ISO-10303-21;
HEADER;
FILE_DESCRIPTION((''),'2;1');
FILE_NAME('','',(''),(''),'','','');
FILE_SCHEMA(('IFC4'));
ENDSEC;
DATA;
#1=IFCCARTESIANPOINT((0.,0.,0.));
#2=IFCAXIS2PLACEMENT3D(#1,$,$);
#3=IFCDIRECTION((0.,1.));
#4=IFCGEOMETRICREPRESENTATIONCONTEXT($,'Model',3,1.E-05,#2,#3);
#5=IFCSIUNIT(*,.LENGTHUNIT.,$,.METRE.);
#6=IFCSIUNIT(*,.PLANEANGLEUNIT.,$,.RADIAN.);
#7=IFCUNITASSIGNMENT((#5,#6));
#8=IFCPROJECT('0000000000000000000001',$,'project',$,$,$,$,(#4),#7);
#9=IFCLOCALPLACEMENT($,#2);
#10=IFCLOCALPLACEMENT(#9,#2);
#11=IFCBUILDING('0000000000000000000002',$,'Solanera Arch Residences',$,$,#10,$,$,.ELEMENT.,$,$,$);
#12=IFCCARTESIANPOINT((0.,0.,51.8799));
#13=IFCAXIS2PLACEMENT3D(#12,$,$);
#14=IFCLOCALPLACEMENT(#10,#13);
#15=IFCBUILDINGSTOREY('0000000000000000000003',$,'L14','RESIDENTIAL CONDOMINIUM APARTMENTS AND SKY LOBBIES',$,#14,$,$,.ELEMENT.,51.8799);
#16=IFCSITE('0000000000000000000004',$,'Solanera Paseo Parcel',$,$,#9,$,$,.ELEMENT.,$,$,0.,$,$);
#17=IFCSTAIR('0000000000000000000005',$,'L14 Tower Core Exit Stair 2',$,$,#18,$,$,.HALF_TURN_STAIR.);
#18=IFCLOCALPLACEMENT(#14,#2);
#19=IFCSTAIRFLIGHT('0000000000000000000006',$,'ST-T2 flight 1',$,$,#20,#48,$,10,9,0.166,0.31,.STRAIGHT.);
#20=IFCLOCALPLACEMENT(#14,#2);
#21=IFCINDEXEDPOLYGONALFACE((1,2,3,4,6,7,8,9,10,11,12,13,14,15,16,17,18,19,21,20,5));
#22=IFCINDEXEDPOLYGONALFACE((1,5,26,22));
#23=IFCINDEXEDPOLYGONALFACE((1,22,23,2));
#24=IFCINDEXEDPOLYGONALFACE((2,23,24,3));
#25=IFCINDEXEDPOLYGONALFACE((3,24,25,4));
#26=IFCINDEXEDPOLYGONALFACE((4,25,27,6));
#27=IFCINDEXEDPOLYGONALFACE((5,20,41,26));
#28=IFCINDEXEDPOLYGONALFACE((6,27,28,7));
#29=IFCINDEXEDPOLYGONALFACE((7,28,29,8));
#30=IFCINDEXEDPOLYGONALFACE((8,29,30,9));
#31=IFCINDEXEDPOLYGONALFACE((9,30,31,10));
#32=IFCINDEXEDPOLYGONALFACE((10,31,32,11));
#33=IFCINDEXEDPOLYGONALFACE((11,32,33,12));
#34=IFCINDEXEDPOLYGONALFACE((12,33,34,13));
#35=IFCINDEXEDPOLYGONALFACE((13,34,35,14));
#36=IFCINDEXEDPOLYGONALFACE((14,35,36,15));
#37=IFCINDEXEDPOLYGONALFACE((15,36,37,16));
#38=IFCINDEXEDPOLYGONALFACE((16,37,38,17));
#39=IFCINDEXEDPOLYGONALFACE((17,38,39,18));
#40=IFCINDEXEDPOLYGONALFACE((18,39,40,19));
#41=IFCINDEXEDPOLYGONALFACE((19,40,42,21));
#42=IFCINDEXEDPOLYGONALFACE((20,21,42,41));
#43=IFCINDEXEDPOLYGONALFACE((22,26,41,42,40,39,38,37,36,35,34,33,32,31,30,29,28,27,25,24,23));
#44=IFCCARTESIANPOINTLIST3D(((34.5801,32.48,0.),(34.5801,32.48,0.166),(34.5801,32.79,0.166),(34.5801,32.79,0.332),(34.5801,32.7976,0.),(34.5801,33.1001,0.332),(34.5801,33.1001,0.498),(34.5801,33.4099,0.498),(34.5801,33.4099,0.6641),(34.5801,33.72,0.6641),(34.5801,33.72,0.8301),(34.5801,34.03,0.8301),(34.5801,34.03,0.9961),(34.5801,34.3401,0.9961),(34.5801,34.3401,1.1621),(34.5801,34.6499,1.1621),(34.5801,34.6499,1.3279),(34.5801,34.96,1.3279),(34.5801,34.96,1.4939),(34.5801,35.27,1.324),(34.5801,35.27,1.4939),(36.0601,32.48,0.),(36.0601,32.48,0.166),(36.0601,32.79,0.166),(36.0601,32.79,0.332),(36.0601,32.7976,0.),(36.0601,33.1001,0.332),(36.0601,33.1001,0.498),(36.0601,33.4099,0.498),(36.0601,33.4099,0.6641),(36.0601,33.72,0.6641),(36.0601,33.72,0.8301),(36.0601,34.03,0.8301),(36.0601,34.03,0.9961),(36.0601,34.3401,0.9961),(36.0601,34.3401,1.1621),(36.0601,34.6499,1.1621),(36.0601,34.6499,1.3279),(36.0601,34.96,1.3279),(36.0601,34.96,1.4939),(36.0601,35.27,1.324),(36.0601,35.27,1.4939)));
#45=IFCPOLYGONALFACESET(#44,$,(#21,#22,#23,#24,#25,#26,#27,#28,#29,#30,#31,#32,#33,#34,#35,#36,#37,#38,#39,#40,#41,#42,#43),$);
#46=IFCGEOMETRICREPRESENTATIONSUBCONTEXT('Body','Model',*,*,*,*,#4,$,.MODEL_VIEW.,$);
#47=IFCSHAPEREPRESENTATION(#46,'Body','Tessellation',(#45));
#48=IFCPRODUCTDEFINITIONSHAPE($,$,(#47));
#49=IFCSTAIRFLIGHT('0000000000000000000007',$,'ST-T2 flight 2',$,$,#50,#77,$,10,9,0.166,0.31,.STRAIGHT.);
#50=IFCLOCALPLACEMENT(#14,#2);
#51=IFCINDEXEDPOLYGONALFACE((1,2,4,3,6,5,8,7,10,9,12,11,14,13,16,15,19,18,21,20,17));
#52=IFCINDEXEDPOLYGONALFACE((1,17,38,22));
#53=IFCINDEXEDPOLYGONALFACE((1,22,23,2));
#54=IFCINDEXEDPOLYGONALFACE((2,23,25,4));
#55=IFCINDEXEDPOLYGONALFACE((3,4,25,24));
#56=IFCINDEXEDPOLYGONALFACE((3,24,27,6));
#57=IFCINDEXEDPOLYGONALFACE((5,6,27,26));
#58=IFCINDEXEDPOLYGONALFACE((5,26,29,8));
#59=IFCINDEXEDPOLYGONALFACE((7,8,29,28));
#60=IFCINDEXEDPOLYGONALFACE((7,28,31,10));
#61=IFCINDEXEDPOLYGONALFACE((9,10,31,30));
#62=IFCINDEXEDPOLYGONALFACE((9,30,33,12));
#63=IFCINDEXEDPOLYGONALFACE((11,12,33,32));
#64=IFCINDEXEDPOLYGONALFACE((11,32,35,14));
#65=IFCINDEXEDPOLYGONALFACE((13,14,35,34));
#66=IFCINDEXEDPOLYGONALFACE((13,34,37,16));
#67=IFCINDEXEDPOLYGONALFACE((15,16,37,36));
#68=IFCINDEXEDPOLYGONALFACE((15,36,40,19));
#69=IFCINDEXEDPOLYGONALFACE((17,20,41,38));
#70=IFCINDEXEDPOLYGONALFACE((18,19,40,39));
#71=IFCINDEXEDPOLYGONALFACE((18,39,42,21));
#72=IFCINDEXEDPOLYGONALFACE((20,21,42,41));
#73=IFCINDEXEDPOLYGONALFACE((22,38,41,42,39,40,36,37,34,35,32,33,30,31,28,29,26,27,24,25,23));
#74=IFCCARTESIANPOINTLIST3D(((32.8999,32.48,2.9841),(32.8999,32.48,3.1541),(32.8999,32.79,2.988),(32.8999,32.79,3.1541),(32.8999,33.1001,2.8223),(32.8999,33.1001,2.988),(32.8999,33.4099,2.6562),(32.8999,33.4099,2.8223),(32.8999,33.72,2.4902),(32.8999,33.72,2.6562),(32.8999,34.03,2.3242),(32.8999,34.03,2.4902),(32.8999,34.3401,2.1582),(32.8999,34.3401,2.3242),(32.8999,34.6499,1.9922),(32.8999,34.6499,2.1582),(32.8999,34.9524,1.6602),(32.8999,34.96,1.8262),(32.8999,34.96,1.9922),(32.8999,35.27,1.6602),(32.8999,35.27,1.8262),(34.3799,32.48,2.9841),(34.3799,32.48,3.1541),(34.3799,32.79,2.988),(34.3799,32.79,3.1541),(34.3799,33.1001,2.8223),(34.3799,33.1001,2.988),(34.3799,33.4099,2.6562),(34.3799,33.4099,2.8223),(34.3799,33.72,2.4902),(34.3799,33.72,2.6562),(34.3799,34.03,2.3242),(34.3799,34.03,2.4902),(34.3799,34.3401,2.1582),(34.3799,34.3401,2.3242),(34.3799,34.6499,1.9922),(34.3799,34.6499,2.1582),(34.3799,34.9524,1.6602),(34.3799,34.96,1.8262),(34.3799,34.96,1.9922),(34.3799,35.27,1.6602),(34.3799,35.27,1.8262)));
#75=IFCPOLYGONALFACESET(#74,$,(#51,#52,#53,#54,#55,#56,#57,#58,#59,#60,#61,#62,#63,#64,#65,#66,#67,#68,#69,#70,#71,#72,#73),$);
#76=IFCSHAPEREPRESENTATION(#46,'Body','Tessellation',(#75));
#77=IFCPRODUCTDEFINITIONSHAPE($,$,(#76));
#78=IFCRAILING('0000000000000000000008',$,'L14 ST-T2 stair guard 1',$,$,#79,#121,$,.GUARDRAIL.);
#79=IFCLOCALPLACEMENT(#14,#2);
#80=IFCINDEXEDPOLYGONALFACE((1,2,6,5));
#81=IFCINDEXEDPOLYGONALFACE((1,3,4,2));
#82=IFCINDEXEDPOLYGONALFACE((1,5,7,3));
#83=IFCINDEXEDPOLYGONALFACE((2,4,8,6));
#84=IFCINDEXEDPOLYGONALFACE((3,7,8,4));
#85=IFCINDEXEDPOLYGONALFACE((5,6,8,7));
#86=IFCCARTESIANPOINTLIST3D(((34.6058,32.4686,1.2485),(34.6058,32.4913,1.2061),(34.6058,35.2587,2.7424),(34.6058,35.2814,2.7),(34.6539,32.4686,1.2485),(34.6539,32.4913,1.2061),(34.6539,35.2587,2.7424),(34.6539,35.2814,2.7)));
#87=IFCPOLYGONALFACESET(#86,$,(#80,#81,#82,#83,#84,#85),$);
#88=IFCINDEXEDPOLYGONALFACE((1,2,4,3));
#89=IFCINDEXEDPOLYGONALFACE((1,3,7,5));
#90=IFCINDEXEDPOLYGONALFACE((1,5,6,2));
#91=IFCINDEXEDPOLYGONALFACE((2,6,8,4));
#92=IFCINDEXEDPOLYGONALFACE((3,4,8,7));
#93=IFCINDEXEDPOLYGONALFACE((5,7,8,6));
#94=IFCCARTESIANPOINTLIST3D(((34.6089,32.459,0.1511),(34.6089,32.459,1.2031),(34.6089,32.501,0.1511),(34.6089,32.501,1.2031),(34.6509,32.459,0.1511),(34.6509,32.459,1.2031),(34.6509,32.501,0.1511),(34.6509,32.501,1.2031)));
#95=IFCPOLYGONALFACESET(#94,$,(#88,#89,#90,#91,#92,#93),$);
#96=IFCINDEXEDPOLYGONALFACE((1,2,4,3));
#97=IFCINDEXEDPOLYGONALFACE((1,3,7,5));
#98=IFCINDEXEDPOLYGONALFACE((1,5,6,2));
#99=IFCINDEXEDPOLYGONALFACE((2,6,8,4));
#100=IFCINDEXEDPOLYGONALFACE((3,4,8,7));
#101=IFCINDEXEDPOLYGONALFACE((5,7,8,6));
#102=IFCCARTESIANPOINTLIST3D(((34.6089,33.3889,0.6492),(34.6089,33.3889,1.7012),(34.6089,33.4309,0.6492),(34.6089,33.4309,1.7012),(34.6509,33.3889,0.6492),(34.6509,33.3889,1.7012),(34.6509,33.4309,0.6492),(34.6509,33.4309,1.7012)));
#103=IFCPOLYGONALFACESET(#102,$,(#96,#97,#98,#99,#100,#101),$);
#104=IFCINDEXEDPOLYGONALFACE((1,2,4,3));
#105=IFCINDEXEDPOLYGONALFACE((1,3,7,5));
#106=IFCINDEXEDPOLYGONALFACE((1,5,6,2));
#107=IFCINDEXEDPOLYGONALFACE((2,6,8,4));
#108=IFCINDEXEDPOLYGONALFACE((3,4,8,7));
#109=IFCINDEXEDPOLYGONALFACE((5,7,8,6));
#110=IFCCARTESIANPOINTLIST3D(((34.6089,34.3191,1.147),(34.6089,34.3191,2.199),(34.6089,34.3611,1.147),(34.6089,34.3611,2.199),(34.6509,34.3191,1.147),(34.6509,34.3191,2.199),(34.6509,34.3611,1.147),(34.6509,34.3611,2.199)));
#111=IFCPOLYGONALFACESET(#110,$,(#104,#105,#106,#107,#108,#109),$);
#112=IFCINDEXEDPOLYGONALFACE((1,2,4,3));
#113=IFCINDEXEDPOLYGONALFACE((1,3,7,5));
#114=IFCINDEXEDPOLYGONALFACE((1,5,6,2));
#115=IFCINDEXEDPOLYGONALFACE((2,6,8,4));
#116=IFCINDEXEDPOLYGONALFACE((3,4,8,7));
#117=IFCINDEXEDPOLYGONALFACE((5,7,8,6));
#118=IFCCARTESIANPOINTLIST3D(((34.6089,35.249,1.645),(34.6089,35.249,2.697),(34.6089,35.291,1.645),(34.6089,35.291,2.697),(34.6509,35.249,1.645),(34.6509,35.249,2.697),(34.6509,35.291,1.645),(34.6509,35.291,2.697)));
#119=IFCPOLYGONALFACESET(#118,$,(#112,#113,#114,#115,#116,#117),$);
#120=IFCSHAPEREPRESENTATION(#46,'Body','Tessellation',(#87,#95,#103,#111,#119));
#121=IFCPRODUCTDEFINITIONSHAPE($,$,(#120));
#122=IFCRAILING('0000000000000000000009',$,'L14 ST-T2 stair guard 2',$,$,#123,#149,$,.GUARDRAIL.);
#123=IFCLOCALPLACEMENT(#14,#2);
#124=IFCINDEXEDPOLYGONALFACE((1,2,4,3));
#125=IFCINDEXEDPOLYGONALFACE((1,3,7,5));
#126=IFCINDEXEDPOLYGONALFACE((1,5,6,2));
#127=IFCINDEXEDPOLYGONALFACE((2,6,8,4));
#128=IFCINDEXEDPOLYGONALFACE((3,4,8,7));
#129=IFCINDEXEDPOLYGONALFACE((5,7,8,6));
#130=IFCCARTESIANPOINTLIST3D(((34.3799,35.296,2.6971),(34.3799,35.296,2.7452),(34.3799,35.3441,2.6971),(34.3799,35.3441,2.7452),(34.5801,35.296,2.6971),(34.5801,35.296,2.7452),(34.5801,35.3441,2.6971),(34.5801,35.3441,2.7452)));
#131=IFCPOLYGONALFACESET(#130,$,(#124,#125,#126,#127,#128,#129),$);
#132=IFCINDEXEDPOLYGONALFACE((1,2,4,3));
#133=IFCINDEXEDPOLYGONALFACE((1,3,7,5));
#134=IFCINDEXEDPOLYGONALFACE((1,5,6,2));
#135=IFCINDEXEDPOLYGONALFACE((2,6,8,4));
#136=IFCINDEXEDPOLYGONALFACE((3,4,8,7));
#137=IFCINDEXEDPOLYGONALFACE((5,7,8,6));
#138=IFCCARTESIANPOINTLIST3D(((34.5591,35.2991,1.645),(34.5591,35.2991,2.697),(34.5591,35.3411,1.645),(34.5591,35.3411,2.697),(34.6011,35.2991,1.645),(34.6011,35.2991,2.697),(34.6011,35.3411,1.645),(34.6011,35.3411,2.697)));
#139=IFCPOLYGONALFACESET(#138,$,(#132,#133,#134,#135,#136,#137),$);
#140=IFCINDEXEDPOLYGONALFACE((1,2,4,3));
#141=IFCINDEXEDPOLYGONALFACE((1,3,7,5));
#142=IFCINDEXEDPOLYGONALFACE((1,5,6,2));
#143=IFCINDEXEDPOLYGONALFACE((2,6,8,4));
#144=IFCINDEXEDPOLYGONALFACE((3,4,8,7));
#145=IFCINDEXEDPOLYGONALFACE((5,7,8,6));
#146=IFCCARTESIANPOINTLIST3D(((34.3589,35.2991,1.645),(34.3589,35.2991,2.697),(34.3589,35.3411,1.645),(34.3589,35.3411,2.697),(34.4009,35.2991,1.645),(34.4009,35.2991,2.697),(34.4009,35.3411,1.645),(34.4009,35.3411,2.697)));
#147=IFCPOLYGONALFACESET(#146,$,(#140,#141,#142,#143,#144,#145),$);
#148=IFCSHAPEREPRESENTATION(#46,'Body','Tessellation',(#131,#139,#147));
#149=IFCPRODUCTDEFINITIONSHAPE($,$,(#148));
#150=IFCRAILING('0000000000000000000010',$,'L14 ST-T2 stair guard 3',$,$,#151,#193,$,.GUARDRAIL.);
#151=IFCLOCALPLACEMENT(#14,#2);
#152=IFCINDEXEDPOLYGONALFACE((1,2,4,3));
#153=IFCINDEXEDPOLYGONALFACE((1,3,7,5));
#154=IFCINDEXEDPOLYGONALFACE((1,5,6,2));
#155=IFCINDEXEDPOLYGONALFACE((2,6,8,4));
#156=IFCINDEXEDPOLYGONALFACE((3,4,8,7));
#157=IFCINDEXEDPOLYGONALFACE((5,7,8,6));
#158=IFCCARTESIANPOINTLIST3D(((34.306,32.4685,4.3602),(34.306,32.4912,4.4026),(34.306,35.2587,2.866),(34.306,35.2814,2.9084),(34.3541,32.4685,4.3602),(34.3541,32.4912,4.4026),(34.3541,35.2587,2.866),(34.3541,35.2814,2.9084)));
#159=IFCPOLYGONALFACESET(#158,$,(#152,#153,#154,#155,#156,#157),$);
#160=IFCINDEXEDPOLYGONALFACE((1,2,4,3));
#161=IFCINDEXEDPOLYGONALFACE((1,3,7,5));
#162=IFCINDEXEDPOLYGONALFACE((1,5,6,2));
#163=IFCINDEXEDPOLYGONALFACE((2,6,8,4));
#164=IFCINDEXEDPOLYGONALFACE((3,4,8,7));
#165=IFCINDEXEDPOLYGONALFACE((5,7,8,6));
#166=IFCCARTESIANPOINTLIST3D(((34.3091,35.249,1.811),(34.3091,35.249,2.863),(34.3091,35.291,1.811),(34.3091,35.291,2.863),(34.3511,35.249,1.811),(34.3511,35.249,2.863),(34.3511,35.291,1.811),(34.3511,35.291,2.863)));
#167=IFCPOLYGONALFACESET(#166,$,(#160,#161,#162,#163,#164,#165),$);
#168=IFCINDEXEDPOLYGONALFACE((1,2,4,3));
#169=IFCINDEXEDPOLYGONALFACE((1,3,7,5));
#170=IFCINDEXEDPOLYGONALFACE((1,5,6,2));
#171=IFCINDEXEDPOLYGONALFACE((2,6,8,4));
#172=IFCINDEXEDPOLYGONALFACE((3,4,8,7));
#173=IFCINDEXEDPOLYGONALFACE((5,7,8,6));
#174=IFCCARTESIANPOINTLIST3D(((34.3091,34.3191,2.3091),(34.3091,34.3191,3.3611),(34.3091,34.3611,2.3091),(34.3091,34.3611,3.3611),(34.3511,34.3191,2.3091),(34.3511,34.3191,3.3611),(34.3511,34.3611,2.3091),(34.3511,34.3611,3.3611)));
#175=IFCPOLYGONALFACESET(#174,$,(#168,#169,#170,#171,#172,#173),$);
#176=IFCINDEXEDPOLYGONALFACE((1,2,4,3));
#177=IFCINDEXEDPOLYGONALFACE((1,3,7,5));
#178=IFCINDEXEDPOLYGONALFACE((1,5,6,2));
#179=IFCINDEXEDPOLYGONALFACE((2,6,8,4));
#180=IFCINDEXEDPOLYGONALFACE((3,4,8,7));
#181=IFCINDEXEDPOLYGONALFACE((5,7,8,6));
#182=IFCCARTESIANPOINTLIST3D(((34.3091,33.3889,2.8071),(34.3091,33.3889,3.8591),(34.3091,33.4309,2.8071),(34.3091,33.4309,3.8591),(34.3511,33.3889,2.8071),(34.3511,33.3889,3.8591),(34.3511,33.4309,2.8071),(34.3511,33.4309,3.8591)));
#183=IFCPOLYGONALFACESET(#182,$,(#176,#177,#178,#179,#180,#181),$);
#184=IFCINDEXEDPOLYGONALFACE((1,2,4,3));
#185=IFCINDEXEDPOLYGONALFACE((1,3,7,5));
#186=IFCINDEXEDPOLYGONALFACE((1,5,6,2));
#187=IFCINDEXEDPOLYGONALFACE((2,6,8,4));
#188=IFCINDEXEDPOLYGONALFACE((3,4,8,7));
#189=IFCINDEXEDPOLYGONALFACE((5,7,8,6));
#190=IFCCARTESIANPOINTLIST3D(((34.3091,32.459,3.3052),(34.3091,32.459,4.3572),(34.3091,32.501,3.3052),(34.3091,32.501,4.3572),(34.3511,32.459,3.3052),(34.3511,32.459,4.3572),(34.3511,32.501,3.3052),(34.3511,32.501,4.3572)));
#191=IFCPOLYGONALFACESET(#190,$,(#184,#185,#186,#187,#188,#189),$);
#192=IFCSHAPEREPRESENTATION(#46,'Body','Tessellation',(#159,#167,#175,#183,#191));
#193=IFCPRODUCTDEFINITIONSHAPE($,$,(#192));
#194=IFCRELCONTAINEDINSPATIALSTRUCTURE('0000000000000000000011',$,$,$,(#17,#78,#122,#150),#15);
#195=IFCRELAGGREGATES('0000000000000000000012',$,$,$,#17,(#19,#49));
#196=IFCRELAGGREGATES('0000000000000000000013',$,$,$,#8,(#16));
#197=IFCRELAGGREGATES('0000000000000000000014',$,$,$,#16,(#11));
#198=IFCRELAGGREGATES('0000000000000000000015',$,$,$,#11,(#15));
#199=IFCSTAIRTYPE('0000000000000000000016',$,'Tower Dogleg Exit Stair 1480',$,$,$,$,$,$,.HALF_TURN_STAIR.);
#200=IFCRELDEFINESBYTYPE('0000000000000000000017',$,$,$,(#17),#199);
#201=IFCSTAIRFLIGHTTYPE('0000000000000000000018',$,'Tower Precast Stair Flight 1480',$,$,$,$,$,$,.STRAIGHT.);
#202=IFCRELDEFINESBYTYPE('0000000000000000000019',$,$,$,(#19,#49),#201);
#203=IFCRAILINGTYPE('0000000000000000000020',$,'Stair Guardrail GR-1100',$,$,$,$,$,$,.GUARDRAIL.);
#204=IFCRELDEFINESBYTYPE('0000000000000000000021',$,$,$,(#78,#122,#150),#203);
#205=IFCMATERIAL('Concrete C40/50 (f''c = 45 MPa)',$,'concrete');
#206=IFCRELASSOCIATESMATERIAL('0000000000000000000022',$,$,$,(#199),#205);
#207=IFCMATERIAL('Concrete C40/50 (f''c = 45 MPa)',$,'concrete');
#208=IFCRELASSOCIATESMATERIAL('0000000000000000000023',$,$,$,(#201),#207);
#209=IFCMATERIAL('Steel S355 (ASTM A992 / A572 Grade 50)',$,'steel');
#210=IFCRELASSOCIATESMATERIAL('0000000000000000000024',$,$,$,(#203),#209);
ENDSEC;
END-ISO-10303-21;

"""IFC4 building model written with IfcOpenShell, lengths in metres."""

from ifc_helpers import new_model, si_unit, direction, frame, origin, origin_2d, place, context, subcontext, project, spatial, polyline, rectangle, outline, extrude, material, type_object, element, aggregate, save


model = new_model("IFC4")

# Units and contexts
model_context = context("Model", 3, precision=1e-05, world=origin(), true_north=direction((0.0, 1.0)))
body_context = subcontext(model_context, "Body", "Model", "MODEL_VIEW")
ifc_project = project(units=[si_unit("LENGTHUNIT", "METRE"), si_unit("PLANEANGLEUNIT", "RADIAN")], contexts=[model_context])

# Site, building, storey
site_placement = place(None, origin())
site = spatial("IfcSite", under=ifc_project, at=site_placement, Name="Solanera Paseo Parcel", CompositionType="ELEMENT", RefElevation=0.0)
building_placement = place(site_placement, origin())
building = spatial("IfcBuilding", under=site, at=building_placement, Name="Solanera Arch Residences", CompositionType="ELEMENT")
storey_placement = place(building_placement, frame((0.0, 0.0, 51.8799)))
storey = spatial("IfcBuildingStorey", under=building, at=storey_placement, Name="L14", Description="RESIDENTIAL CONDOMINIUM APARTMENTS AND SKY LOBBIES", CompositionType="ELEMENT", Elevation=51.8799)

# Stair, stair flights
ifc_material_1 = material(Name="Concrete C40/50 (f'c = 45 MPa)", Category="concrete")
stair_type = type_object("IfcStairType", Name="Tower Dogleg Exit Stair 1480", PredefinedType="HALF_TURN_STAIR", material=ifc_material_1)
stair_placement = place(storey_placement, origin())
stair = element("IfcStair", 1, at=stair_placement, inside=storey, type_object=stair_type, Name="L14 Tower Core Exit Stair 2", PredefinedType="HALF_TURN_STAIR")
ifc_material_2 = material(Name="Concrete C40/50 (f'c = 45 MPa)", Category="concrete")
stair_flight_type = type_object("IfcStairFlightType", Name="Tower Precast Stair Flight 1480", PredefinedType="STRAIGHT", material=ifc_material_2)
stair_flight_1_placement = place(storey_placement, frame((35.3201, 32.48, 0.0), z_axis=(0.0, 0.0, 1.0), x_axis=(0.0, 1.0, 0.0)))
stair_flight_1 = element("IfcStairFlight", 2, at=stair_flight_1_placement, type_object=stair_flight_type, Name="ST-T2 flight 1", NumberOfRisers=10, NumberOfTreads=9, PredefinedType="STRAIGHT", RiserHeight=0.166, TreadLength=0.31, context=body_context, shape_type="SweptSolid", body=[
    extrude(outline(polyline([(0.0, 0.0), (0.0, 0.166), (0.3101, 0.166), (0.3101, 0.332), (0.6201, 0.332), (0.6201, 0.498), (0.9299, 0.498), (0.9299, 0.6641), (1.24, 0.6641), (1.24, 0.8301), (1.55, 0.8301), (1.55, 0.9961), (1.8601, 0.9961), (1.8601, 1.1621), (2.1699, 1.1621), (2.1699, 1.3279), (2.48, 1.3279), (2.48, 1.4939), (2.79, 1.4939), (2.79, 1.6599), (2.79, 1.324), (0.3176, 0.0), (0.0, 0.0)])), frame((0.0, 0.74, 0.0), z_axis=(0.0, -1.0, 0.0), x_axis=(1.0, 0.0, 0.0)), (0.0, 0.0, 1.0), 1.48),
])
stair_flight_2_placement = place(storey_placement, frame((33.6399, 35.27, 1.6602), z_axis=(0.0, 0.0, 1.0), x_axis=(0.0, -1.0, 0.0)))
stair_flight_2 = element("IfcStairFlight", 3, at=stair_flight_2_placement, type_object=stair_flight_type, Name="ST-T2 flight 2", NumberOfRisers=10, NumberOfTreads=9, PredefinedType="STRAIGHT", RiserHeight=0.166, TreadLength=0.31, context=body_context, shape_type="SweptSolid", body=[
    extrude(outline(polyline([(0.0, 0.0), (0.0, 0.166), (0.3101, 0.166), (0.3101, 0.332), (0.6201, 0.332), (0.6201, 0.498), (0.9299, 0.498), (0.9299, 0.6641), (1.24, 0.6641), (1.24, 0.8301), (1.55, 0.8301), (1.55, 0.9961), (1.8601, 0.9961), (1.8601, 1.1621), (2.1699, 1.1621), (2.1699, 1.3279), (2.48, 1.3279), (2.48, 1.4939), (2.79, 1.4939), (2.79, 1.6599), (2.79, 1.324), (0.3176, 0.0), (0.0, 0.0)])), frame((0.0, 0.74, 0.0), z_axis=(0.0, -1.0, 0.0), x_axis=(1.0, 0.0, 0.0)), (0.0, 0.0, 1.0), 1.48),
])
aggregate(stair, [stair_flight_1, stair_flight_2])

# Railings
ifc_material_3 = material(Name="Steel S355 (ASTM A992 / A572 Grade 50)", Category="steel")
railing_type_1 = type_object("IfcRailingType", Name="Stair Guardrail GR-1100", PredefinedType="GUARDRAIL", material=ifc_material_3)
railing_1_placement = place(storey_placement, frame((34.6299, 32.48, 0.1511)))
element("IfcRailing", 4, at=railing_1_placement, inside=storey, type_object=railing_type_1, Name="L14 ST-T2 stair guard 1", PredefinedType="GUARDRAIL", context=body_context, shape_type="SweptSolid", body=[
    extrude(rectangle(XDim=0.0481, YDim=0.0481, at=origin_2d()), frame((0.0, 0.0, 1.0762), z_axis=(0.0, 0.881581, 0.472033), x_axis=(-1.0, 0.0, 0.0)), (0.0, 0.0, 1.0), 3.1648),
    extrude(rectangle(XDim=0.042, YDim=0.042, at=origin_2d()), origin(), (0.0, 0.0, 1.0), 1.052),
    extrude(rectangle(XDim=0.042, YDim=0.042, at=origin_2d()), frame((0.0, 0.9299, 0.498)), (0.0, 0.0, 1.0), 1.052),
    extrude(rectangle(XDim=0.042, YDim=0.042, at=origin_2d()), frame((0.0, 1.8601, 0.9958)), (0.0, 0.0, 1.0), 1.052),
    extrude(rectangle(XDim=0.042, YDim=0.042, at=origin_2d()), frame((0.0, 2.79, 1.4939)), (0.0, 0.0, 1.0), 1.052),
])
railing_2_placement = place(storey_placement, frame((34.5801, 35.3201, 1.645)))
element("IfcRailing", 5, at=railing_2_placement, inside=storey, type_object=railing_type_1, Name="L14 ST-T2 stair guard 2", PredefinedType="GUARDRAIL", context=body_context, shape_type="SweptSolid", body=[
    extrude(rectangle(XDim=0.0481, YDim=0.0481, at=origin_2d()), frame((0.0, 0.0, 1.0762), z_axis=(-1.0, 0.0, 0.0), x_axis=(0.0, -1.0, 0.0)), (0.0, 0.0, 1.0), 0.2002),
    extrude(rectangle(XDim=0.042, YDim=0.042, at=origin_2d()), origin(), (0.0, 0.0, 1.0), 1.052),
    extrude(rectangle(XDim=0.042, YDim=0.042, at=origin_2d()), frame((-0.2002, 0.0, 0.0)), (0.0, 0.0, 1.0), 1.052),
])
railing_3_placement = place(storey_placement, frame((34.3301, 35.27, 1.811)))
element("IfcRailing", 6, at=railing_3_placement, inside=storey, type_object=railing_type_1, Name="L14 ST-T2 stair guard 3", PredefinedType="GUARDRAIL", context=body_context, shape_type="SweptSolid", body=[
    extrude(rectangle(XDim=0.0481, YDim=0.0481, at=origin_2d()), frame((0.0, 0.0, 1.0762), z_axis=(0.0, -0.881549, 0.472093), x_axis=(1.0, 0.0, 0.0)), (0.0, 0.0, 1.0), 3.165),
    extrude(rectangle(XDim=0.042, YDim=0.042, at=origin_2d()), origin(), (0.0, 0.0, 1.0), 1.052),
    extrude(rectangle(XDim=0.042, YDim=0.042, at=origin_2d()), frame((0.0, -0.9299, 0.498)), (0.0, 0.0, 1.0), 1.052),
    extrude(rectangle(XDim=0.042, YDim=0.042, at=origin_2d()), frame((0.0, -1.8601, 0.9961)), (0.0, 0.0, 1.0), 1.052),
    extrude(rectangle(XDim=0.042, YDim=0.042, at=origin_2d()), frame((0.0, -2.79, 1.4941)), (0.0, 0.0, 1.0), 1.052),
])

save(model, "model.ifc")
